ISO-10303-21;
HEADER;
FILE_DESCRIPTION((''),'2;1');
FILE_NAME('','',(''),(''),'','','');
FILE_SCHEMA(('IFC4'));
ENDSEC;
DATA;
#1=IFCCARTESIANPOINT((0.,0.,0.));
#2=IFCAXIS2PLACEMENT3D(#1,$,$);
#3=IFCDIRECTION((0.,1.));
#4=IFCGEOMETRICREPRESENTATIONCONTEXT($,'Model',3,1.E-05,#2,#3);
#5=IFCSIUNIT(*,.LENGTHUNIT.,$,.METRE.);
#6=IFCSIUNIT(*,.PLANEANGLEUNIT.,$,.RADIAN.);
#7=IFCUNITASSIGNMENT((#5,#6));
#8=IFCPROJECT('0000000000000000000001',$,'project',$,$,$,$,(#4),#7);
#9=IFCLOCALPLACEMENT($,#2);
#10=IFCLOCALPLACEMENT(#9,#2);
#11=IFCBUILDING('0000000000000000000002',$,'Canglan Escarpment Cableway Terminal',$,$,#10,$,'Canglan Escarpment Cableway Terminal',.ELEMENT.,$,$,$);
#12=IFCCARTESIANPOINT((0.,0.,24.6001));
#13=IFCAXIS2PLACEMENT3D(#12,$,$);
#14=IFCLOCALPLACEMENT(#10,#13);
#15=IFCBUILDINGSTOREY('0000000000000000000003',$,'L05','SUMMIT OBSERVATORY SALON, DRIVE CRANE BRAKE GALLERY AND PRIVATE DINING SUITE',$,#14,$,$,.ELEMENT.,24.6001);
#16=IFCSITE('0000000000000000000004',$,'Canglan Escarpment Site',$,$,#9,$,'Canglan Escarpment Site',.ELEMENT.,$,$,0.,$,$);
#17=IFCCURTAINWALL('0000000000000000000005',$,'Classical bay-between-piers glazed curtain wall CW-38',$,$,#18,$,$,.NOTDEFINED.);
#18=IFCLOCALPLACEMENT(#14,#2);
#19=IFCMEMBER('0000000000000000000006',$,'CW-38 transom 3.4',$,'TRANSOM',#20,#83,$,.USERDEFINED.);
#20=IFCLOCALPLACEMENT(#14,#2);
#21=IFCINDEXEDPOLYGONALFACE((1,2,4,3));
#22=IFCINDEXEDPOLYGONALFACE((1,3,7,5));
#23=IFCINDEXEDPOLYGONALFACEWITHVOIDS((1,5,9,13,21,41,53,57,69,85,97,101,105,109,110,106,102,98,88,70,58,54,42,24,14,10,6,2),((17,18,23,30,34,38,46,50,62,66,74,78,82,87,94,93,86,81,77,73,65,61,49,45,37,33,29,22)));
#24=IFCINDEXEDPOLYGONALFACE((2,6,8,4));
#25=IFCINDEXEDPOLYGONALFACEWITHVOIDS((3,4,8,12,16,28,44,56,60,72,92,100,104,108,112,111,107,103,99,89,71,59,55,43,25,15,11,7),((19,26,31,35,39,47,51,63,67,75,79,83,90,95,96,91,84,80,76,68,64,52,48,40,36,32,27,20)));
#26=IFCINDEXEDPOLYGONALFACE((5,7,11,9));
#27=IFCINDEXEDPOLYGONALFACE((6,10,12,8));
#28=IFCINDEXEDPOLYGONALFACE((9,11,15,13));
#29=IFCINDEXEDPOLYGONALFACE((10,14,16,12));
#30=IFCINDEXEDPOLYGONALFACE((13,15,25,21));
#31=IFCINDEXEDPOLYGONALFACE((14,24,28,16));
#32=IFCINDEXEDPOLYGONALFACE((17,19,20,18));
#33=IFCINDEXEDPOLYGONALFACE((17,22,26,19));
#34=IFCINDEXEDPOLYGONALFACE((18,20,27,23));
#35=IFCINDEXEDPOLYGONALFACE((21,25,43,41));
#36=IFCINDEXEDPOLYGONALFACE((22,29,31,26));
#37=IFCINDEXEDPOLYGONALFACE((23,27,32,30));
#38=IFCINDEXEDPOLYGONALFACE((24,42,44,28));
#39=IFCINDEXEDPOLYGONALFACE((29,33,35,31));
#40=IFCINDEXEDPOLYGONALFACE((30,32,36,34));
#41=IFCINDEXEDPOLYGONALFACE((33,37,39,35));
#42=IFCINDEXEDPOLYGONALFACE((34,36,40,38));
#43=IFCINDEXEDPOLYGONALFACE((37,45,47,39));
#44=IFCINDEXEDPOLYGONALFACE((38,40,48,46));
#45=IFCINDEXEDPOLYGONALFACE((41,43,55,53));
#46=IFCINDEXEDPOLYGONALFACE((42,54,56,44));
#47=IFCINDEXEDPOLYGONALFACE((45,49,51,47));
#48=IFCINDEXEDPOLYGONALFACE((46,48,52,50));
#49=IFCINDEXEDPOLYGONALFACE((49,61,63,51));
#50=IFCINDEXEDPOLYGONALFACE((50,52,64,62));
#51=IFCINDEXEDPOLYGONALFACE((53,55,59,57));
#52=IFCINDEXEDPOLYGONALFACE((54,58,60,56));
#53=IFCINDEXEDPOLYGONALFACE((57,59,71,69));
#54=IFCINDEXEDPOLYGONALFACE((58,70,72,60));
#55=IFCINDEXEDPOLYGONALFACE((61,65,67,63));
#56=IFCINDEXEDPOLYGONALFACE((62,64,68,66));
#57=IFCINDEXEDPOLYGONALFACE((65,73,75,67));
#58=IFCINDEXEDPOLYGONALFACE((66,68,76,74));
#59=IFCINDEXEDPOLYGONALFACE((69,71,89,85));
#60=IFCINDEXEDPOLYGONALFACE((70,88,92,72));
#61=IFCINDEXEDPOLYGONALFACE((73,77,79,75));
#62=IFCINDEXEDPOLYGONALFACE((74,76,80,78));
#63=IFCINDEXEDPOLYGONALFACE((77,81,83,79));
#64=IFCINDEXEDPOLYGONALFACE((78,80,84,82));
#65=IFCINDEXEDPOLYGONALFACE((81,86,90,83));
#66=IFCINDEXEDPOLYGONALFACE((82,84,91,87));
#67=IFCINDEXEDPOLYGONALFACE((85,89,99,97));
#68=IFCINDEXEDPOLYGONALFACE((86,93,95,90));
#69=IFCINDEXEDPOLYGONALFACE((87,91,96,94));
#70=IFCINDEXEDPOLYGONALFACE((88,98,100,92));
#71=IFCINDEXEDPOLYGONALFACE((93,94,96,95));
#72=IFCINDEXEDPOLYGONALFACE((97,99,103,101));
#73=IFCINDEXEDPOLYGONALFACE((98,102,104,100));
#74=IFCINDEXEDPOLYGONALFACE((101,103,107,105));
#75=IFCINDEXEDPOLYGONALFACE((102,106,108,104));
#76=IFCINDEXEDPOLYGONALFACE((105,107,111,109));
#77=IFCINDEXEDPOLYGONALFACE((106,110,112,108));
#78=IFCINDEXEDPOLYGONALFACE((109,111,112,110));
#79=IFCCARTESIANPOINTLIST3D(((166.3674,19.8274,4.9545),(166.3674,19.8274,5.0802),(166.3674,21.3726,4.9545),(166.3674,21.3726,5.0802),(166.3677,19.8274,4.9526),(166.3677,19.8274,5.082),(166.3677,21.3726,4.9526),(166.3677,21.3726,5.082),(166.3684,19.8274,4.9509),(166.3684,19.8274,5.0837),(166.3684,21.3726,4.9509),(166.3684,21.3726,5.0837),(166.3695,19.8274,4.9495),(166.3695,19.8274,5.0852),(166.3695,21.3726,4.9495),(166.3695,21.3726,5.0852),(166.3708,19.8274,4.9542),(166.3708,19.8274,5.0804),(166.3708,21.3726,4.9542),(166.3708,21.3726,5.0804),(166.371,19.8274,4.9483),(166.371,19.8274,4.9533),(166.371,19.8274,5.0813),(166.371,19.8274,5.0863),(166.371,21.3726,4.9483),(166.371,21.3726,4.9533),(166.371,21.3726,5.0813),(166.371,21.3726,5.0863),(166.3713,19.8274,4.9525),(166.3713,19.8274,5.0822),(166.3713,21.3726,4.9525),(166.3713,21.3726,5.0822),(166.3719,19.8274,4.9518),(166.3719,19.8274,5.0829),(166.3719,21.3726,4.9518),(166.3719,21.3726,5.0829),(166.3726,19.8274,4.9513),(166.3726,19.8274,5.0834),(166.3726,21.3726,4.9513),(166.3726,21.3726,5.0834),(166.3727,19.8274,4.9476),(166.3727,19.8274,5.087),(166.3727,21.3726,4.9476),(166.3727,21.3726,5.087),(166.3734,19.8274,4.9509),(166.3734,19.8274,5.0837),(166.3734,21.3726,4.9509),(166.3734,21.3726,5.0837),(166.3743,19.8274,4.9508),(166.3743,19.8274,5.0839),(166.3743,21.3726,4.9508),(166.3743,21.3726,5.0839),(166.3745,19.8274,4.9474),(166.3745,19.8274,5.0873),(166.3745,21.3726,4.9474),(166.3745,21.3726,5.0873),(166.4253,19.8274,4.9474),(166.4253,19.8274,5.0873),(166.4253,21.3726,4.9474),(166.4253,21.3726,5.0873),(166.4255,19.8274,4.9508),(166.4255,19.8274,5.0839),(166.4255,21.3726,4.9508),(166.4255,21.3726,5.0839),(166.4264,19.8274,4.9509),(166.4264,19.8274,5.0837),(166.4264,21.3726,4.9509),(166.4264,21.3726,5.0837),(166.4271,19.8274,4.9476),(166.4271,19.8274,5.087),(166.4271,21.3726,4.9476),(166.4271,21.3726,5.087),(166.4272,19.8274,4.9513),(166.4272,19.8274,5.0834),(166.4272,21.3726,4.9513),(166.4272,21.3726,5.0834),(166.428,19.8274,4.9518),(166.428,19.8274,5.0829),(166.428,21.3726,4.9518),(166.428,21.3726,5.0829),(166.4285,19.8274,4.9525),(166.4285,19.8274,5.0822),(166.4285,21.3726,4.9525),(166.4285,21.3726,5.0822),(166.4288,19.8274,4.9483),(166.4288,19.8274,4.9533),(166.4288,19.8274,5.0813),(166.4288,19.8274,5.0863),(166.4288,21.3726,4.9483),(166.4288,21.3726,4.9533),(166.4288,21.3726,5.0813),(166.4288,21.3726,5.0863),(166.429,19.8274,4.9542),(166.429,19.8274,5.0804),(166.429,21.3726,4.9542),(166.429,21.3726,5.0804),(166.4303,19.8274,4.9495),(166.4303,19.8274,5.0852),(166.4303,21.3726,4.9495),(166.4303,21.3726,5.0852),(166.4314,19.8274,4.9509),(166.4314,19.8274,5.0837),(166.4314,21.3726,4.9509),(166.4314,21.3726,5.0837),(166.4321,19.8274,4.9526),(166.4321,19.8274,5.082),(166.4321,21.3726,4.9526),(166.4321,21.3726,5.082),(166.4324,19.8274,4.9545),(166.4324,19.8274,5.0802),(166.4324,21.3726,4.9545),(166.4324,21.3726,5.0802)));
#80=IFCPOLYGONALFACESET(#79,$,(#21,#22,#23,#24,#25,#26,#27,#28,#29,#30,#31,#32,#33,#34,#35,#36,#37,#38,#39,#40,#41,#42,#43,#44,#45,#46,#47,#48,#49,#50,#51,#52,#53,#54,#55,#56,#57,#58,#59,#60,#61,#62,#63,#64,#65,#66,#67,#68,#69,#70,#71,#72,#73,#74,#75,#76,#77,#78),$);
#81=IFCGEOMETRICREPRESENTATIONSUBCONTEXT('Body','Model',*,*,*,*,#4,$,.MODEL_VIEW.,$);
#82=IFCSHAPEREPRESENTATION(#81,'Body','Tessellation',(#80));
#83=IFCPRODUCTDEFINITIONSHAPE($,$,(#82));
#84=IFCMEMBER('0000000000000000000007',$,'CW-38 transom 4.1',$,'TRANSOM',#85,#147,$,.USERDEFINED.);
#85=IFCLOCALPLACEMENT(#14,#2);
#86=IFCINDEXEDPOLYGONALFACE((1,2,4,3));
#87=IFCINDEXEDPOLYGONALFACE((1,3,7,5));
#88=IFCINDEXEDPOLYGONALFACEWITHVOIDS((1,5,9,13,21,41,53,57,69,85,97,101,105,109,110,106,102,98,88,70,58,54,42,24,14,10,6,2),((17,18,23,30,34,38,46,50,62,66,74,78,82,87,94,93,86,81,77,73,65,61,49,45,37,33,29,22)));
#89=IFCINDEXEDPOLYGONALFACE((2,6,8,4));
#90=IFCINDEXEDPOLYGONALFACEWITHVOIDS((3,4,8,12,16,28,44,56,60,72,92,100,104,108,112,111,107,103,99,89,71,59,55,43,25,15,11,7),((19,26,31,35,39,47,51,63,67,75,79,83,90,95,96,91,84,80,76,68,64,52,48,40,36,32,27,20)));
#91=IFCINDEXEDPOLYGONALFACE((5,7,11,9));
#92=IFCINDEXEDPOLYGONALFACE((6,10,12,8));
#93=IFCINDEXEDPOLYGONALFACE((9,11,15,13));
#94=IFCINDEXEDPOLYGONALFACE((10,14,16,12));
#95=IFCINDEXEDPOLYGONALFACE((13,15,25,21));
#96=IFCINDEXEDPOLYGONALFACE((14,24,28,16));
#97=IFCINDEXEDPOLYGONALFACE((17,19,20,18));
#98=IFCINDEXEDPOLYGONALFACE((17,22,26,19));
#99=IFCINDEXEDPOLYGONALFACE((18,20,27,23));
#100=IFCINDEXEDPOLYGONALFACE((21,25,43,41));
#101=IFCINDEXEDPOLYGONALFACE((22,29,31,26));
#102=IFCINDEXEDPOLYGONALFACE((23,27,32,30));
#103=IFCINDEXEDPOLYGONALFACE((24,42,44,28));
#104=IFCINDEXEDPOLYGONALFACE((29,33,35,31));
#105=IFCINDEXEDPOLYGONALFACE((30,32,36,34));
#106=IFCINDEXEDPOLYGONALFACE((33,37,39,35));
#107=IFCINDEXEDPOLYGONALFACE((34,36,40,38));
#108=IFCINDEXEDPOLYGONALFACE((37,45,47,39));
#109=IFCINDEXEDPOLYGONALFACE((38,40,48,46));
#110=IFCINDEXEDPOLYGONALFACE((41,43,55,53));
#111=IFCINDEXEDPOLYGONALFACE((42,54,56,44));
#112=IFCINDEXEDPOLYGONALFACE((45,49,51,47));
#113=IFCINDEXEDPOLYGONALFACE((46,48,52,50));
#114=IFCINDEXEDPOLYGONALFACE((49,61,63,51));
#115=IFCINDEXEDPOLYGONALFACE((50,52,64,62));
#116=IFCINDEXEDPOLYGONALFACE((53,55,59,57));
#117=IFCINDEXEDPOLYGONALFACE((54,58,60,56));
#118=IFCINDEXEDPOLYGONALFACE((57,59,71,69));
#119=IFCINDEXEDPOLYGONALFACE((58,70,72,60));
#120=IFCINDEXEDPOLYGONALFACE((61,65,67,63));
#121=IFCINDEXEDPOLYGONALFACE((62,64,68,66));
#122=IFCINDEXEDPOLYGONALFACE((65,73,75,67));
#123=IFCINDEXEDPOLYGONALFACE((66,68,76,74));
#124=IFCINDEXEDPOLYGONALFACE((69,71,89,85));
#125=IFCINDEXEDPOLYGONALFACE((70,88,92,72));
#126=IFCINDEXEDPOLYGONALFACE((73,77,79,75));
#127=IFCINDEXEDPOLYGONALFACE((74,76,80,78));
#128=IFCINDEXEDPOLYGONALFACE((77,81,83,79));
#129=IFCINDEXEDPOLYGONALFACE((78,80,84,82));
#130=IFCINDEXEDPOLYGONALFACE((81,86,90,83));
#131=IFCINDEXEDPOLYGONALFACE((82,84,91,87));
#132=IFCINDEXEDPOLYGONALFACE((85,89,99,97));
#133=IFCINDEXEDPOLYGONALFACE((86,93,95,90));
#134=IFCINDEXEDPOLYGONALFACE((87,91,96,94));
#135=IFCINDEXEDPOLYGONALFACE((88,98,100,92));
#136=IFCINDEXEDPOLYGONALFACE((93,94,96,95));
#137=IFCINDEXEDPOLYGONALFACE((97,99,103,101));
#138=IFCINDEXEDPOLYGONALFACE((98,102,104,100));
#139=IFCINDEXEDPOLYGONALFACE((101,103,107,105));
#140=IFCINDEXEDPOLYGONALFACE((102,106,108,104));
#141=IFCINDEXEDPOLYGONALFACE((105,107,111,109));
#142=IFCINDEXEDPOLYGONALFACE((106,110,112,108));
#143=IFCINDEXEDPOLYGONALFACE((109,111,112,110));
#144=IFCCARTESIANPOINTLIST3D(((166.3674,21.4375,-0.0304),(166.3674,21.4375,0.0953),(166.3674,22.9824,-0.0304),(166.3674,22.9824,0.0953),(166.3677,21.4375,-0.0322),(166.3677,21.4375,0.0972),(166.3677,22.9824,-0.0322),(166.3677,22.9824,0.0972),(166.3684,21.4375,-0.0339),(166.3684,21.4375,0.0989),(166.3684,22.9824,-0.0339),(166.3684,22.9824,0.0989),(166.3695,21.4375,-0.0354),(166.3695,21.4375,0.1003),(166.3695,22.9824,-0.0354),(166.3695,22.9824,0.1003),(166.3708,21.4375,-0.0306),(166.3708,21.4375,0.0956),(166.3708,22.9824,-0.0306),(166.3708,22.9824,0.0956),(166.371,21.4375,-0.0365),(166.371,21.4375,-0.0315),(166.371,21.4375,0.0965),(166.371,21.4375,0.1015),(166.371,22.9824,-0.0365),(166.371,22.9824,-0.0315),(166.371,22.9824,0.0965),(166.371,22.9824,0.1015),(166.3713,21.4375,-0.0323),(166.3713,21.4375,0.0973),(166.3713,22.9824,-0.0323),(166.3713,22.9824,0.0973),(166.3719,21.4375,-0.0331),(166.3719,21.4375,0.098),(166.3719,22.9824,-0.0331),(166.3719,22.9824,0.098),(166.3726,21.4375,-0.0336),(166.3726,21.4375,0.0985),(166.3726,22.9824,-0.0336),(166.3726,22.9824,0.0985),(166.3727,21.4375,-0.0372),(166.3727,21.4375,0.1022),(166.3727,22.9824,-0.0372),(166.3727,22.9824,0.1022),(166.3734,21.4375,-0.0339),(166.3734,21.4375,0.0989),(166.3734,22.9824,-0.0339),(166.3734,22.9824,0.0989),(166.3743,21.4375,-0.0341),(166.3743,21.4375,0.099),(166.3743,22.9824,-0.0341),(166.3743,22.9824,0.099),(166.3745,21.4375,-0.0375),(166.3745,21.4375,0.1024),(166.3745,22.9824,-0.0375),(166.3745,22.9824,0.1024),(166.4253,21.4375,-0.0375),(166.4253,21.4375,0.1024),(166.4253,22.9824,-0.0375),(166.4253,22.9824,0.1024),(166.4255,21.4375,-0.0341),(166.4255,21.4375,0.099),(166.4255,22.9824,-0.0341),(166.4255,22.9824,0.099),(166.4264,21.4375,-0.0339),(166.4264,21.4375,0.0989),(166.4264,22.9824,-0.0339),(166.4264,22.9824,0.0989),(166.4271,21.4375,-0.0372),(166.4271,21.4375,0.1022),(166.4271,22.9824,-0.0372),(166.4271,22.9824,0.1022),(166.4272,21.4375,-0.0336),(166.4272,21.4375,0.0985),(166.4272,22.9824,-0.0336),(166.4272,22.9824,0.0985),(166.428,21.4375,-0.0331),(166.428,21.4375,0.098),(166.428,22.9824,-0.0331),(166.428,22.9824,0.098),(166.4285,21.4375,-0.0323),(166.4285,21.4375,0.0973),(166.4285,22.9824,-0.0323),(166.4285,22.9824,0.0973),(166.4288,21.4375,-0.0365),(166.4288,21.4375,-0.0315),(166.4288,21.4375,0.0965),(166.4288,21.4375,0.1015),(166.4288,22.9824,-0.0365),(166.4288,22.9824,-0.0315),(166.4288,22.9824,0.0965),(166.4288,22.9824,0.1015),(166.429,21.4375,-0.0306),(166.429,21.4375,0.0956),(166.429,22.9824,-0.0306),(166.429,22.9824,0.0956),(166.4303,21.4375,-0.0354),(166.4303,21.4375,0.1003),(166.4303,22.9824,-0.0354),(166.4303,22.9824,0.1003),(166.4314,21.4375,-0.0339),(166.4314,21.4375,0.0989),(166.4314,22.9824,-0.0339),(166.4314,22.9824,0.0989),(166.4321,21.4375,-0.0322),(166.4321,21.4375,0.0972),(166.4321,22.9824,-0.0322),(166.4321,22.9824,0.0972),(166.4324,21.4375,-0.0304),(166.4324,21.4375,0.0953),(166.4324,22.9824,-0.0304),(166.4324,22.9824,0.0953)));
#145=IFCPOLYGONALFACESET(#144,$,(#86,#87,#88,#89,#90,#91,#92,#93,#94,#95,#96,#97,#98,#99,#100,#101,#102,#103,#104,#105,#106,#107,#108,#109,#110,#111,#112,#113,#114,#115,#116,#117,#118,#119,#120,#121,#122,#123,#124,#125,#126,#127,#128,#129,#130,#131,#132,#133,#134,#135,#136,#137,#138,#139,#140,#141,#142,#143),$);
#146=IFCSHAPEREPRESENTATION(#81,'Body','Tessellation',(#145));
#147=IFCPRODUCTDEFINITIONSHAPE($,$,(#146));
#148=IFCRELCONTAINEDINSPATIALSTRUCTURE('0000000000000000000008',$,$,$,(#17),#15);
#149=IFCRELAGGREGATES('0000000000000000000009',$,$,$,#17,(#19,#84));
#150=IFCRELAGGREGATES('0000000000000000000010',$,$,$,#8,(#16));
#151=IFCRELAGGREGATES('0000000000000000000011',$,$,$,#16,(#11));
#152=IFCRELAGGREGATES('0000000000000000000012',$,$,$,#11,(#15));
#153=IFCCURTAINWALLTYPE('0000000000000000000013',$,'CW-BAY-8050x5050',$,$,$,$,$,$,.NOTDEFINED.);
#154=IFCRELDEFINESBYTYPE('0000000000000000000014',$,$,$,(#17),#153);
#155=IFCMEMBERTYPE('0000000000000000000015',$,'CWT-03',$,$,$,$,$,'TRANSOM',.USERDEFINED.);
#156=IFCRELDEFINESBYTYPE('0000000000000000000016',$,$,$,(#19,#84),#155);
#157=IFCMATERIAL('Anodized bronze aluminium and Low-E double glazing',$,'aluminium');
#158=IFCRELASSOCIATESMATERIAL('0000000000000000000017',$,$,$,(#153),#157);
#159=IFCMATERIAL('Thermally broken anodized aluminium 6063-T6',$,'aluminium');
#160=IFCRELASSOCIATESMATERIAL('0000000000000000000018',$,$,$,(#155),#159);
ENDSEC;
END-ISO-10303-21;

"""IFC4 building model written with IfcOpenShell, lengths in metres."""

from ifc_helpers import new_model, si_unit, direction, frame, origin, origin_2d, place, context, subcontext, project, spatial, hollow_rectangle, extrude, material, material_profile, profile_set, type_object, element, aggregate, save


model = new_model("IFC4")

# Units and contexts
model_context = context("Model", 3, precision=1e-05, world=origin(), true_north=direction((0.0, 1.0)))
body_context = subcontext(model_context, "Body", "Model", "MODEL_VIEW")
ifc_project = project(units=[si_unit("LENGTHUNIT", "METRE"), si_unit("PLANEANGLEUNIT", "RADIAN")], contexts=[model_context])

# Site, building, storey
site_placement = place(None, origin())
site = spatial("IfcSite", under=ifc_project, at=site_placement, Name="Canglan Escarpment Site", LongName="Canglan Escarpment Site", CompositionType="ELEMENT", RefElevation=0.0)
building_placement = place(site_placement, origin())
building = spatial("IfcBuilding", under=site, at=building_placement, Name="Canglan Escarpment Cableway Terminal", LongName="Canglan Escarpment Cableway Terminal", CompositionType="ELEMENT")
storey_placement = place(building_placement, frame((0.0, 0.0, 24.6001)))
storey = spatial("IfcBuildingStorey", under=building, at=storey_placement, Name="L05", Description="SUMMIT OBSERVATORY SALON, DRIVE CRANE BRAKE GALLERY AND PRIVATE DINING SUITE", CompositionType="ELEMENT", Elevation=24.6001)

# Curtain wall, members
ifc_material_1 = material(Name="Anodized bronze aluminium and Low-E double glazing", Category="aluminium")
curtain_wall_type = type_object("IfcCurtainWallType", Name="CW-BAY-8050x5050", PredefinedType="NOTDEFINED", material=ifc_material_1)
curtain_wall_placement = place(storey_placement, origin())
curtain_wall = element("IfcCurtainWall", 1, at=curtain_wall_placement, inside=storey, type_object=curtain_wall_type, Name="Classical bay-between-piers glazed curtain wall CW-38", PredefinedType="NOTDEFINED")
ifc_material_2 = material(Name="Thermally broken anodized aluminium 6063-T6", Category="aluminium")
ifc_material_profile_1 = material_profile(ifc_material_2, hollow_rectangle(XDim=0.0649, YDim=0.1399, WallThickness=0.0034, InnerFilletRadius=0.0034, OuterFilletRadius=0.0071, at=origin_2d()), Name="ALU-TRAN 65x140x3.5")
ifc_profile_set_1 = profile_set([ifc_material_profile_1], Name="Thermally broken anodized aluminium 6063-T6")
member_type_1 = type_object("IfcMemberType", Name="CWT-03", ElementType="TRANSOM", PredefinedType="USERDEFINED", material=ifc_profile_set_1)
member_1_placement = place(storey_placement, frame((166.3999, 19.8274, 5.0173), z_axis=(0.0, 1.0, 0.0), x_axis=(-1.0, 0.0, 0.0)))
member_1 = element("IfcMember", 2, at=member_1_placement, type_object=member_type_1, Name="CW-38 transom 3.4", ObjectType="TRANSOM", PredefinedType="USERDEFINED", context=body_context, shape_type="SweptSolid", body=[
    extrude(hollow_rectangle(XDim=0.0649, YDim=0.1399, WallThickness=0.0034, InnerFilletRadius=0.0034, OuterFilletRadius=0.0071, at=origin_2d()), origin(), (0.0, 0.0, 1.0), 1.5452),
])
member_2_placement = place(storey_placement, frame((166.3999, 21.4375, 0.0325), z_axis=(0.0, 1.0, 0.0), x_axis=(-1.0, 0.0, 0.0)))
member_2 = element("IfcMember", 3, at=member_2_placement, type_object=member_type_1, Name="CW-38 transom 4.1", ObjectType="TRANSOM", PredefinedType="USERDEFINED", context=body_context, shape_type="SweptSolid", body=[
    extrude(hollow_rectangle(XDim=0.0649, YDim=0.1399, WallThickness=0.0034, InnerFilletRadius=0.0034, OuterFilletRadius=0.0071, at=origin_2d()), origin(), (0.0, 0.0, 1.0), 1.5449),
])
aggregate(curtain_wall, [member_1, member_2])

save(model, "model.ifc")
